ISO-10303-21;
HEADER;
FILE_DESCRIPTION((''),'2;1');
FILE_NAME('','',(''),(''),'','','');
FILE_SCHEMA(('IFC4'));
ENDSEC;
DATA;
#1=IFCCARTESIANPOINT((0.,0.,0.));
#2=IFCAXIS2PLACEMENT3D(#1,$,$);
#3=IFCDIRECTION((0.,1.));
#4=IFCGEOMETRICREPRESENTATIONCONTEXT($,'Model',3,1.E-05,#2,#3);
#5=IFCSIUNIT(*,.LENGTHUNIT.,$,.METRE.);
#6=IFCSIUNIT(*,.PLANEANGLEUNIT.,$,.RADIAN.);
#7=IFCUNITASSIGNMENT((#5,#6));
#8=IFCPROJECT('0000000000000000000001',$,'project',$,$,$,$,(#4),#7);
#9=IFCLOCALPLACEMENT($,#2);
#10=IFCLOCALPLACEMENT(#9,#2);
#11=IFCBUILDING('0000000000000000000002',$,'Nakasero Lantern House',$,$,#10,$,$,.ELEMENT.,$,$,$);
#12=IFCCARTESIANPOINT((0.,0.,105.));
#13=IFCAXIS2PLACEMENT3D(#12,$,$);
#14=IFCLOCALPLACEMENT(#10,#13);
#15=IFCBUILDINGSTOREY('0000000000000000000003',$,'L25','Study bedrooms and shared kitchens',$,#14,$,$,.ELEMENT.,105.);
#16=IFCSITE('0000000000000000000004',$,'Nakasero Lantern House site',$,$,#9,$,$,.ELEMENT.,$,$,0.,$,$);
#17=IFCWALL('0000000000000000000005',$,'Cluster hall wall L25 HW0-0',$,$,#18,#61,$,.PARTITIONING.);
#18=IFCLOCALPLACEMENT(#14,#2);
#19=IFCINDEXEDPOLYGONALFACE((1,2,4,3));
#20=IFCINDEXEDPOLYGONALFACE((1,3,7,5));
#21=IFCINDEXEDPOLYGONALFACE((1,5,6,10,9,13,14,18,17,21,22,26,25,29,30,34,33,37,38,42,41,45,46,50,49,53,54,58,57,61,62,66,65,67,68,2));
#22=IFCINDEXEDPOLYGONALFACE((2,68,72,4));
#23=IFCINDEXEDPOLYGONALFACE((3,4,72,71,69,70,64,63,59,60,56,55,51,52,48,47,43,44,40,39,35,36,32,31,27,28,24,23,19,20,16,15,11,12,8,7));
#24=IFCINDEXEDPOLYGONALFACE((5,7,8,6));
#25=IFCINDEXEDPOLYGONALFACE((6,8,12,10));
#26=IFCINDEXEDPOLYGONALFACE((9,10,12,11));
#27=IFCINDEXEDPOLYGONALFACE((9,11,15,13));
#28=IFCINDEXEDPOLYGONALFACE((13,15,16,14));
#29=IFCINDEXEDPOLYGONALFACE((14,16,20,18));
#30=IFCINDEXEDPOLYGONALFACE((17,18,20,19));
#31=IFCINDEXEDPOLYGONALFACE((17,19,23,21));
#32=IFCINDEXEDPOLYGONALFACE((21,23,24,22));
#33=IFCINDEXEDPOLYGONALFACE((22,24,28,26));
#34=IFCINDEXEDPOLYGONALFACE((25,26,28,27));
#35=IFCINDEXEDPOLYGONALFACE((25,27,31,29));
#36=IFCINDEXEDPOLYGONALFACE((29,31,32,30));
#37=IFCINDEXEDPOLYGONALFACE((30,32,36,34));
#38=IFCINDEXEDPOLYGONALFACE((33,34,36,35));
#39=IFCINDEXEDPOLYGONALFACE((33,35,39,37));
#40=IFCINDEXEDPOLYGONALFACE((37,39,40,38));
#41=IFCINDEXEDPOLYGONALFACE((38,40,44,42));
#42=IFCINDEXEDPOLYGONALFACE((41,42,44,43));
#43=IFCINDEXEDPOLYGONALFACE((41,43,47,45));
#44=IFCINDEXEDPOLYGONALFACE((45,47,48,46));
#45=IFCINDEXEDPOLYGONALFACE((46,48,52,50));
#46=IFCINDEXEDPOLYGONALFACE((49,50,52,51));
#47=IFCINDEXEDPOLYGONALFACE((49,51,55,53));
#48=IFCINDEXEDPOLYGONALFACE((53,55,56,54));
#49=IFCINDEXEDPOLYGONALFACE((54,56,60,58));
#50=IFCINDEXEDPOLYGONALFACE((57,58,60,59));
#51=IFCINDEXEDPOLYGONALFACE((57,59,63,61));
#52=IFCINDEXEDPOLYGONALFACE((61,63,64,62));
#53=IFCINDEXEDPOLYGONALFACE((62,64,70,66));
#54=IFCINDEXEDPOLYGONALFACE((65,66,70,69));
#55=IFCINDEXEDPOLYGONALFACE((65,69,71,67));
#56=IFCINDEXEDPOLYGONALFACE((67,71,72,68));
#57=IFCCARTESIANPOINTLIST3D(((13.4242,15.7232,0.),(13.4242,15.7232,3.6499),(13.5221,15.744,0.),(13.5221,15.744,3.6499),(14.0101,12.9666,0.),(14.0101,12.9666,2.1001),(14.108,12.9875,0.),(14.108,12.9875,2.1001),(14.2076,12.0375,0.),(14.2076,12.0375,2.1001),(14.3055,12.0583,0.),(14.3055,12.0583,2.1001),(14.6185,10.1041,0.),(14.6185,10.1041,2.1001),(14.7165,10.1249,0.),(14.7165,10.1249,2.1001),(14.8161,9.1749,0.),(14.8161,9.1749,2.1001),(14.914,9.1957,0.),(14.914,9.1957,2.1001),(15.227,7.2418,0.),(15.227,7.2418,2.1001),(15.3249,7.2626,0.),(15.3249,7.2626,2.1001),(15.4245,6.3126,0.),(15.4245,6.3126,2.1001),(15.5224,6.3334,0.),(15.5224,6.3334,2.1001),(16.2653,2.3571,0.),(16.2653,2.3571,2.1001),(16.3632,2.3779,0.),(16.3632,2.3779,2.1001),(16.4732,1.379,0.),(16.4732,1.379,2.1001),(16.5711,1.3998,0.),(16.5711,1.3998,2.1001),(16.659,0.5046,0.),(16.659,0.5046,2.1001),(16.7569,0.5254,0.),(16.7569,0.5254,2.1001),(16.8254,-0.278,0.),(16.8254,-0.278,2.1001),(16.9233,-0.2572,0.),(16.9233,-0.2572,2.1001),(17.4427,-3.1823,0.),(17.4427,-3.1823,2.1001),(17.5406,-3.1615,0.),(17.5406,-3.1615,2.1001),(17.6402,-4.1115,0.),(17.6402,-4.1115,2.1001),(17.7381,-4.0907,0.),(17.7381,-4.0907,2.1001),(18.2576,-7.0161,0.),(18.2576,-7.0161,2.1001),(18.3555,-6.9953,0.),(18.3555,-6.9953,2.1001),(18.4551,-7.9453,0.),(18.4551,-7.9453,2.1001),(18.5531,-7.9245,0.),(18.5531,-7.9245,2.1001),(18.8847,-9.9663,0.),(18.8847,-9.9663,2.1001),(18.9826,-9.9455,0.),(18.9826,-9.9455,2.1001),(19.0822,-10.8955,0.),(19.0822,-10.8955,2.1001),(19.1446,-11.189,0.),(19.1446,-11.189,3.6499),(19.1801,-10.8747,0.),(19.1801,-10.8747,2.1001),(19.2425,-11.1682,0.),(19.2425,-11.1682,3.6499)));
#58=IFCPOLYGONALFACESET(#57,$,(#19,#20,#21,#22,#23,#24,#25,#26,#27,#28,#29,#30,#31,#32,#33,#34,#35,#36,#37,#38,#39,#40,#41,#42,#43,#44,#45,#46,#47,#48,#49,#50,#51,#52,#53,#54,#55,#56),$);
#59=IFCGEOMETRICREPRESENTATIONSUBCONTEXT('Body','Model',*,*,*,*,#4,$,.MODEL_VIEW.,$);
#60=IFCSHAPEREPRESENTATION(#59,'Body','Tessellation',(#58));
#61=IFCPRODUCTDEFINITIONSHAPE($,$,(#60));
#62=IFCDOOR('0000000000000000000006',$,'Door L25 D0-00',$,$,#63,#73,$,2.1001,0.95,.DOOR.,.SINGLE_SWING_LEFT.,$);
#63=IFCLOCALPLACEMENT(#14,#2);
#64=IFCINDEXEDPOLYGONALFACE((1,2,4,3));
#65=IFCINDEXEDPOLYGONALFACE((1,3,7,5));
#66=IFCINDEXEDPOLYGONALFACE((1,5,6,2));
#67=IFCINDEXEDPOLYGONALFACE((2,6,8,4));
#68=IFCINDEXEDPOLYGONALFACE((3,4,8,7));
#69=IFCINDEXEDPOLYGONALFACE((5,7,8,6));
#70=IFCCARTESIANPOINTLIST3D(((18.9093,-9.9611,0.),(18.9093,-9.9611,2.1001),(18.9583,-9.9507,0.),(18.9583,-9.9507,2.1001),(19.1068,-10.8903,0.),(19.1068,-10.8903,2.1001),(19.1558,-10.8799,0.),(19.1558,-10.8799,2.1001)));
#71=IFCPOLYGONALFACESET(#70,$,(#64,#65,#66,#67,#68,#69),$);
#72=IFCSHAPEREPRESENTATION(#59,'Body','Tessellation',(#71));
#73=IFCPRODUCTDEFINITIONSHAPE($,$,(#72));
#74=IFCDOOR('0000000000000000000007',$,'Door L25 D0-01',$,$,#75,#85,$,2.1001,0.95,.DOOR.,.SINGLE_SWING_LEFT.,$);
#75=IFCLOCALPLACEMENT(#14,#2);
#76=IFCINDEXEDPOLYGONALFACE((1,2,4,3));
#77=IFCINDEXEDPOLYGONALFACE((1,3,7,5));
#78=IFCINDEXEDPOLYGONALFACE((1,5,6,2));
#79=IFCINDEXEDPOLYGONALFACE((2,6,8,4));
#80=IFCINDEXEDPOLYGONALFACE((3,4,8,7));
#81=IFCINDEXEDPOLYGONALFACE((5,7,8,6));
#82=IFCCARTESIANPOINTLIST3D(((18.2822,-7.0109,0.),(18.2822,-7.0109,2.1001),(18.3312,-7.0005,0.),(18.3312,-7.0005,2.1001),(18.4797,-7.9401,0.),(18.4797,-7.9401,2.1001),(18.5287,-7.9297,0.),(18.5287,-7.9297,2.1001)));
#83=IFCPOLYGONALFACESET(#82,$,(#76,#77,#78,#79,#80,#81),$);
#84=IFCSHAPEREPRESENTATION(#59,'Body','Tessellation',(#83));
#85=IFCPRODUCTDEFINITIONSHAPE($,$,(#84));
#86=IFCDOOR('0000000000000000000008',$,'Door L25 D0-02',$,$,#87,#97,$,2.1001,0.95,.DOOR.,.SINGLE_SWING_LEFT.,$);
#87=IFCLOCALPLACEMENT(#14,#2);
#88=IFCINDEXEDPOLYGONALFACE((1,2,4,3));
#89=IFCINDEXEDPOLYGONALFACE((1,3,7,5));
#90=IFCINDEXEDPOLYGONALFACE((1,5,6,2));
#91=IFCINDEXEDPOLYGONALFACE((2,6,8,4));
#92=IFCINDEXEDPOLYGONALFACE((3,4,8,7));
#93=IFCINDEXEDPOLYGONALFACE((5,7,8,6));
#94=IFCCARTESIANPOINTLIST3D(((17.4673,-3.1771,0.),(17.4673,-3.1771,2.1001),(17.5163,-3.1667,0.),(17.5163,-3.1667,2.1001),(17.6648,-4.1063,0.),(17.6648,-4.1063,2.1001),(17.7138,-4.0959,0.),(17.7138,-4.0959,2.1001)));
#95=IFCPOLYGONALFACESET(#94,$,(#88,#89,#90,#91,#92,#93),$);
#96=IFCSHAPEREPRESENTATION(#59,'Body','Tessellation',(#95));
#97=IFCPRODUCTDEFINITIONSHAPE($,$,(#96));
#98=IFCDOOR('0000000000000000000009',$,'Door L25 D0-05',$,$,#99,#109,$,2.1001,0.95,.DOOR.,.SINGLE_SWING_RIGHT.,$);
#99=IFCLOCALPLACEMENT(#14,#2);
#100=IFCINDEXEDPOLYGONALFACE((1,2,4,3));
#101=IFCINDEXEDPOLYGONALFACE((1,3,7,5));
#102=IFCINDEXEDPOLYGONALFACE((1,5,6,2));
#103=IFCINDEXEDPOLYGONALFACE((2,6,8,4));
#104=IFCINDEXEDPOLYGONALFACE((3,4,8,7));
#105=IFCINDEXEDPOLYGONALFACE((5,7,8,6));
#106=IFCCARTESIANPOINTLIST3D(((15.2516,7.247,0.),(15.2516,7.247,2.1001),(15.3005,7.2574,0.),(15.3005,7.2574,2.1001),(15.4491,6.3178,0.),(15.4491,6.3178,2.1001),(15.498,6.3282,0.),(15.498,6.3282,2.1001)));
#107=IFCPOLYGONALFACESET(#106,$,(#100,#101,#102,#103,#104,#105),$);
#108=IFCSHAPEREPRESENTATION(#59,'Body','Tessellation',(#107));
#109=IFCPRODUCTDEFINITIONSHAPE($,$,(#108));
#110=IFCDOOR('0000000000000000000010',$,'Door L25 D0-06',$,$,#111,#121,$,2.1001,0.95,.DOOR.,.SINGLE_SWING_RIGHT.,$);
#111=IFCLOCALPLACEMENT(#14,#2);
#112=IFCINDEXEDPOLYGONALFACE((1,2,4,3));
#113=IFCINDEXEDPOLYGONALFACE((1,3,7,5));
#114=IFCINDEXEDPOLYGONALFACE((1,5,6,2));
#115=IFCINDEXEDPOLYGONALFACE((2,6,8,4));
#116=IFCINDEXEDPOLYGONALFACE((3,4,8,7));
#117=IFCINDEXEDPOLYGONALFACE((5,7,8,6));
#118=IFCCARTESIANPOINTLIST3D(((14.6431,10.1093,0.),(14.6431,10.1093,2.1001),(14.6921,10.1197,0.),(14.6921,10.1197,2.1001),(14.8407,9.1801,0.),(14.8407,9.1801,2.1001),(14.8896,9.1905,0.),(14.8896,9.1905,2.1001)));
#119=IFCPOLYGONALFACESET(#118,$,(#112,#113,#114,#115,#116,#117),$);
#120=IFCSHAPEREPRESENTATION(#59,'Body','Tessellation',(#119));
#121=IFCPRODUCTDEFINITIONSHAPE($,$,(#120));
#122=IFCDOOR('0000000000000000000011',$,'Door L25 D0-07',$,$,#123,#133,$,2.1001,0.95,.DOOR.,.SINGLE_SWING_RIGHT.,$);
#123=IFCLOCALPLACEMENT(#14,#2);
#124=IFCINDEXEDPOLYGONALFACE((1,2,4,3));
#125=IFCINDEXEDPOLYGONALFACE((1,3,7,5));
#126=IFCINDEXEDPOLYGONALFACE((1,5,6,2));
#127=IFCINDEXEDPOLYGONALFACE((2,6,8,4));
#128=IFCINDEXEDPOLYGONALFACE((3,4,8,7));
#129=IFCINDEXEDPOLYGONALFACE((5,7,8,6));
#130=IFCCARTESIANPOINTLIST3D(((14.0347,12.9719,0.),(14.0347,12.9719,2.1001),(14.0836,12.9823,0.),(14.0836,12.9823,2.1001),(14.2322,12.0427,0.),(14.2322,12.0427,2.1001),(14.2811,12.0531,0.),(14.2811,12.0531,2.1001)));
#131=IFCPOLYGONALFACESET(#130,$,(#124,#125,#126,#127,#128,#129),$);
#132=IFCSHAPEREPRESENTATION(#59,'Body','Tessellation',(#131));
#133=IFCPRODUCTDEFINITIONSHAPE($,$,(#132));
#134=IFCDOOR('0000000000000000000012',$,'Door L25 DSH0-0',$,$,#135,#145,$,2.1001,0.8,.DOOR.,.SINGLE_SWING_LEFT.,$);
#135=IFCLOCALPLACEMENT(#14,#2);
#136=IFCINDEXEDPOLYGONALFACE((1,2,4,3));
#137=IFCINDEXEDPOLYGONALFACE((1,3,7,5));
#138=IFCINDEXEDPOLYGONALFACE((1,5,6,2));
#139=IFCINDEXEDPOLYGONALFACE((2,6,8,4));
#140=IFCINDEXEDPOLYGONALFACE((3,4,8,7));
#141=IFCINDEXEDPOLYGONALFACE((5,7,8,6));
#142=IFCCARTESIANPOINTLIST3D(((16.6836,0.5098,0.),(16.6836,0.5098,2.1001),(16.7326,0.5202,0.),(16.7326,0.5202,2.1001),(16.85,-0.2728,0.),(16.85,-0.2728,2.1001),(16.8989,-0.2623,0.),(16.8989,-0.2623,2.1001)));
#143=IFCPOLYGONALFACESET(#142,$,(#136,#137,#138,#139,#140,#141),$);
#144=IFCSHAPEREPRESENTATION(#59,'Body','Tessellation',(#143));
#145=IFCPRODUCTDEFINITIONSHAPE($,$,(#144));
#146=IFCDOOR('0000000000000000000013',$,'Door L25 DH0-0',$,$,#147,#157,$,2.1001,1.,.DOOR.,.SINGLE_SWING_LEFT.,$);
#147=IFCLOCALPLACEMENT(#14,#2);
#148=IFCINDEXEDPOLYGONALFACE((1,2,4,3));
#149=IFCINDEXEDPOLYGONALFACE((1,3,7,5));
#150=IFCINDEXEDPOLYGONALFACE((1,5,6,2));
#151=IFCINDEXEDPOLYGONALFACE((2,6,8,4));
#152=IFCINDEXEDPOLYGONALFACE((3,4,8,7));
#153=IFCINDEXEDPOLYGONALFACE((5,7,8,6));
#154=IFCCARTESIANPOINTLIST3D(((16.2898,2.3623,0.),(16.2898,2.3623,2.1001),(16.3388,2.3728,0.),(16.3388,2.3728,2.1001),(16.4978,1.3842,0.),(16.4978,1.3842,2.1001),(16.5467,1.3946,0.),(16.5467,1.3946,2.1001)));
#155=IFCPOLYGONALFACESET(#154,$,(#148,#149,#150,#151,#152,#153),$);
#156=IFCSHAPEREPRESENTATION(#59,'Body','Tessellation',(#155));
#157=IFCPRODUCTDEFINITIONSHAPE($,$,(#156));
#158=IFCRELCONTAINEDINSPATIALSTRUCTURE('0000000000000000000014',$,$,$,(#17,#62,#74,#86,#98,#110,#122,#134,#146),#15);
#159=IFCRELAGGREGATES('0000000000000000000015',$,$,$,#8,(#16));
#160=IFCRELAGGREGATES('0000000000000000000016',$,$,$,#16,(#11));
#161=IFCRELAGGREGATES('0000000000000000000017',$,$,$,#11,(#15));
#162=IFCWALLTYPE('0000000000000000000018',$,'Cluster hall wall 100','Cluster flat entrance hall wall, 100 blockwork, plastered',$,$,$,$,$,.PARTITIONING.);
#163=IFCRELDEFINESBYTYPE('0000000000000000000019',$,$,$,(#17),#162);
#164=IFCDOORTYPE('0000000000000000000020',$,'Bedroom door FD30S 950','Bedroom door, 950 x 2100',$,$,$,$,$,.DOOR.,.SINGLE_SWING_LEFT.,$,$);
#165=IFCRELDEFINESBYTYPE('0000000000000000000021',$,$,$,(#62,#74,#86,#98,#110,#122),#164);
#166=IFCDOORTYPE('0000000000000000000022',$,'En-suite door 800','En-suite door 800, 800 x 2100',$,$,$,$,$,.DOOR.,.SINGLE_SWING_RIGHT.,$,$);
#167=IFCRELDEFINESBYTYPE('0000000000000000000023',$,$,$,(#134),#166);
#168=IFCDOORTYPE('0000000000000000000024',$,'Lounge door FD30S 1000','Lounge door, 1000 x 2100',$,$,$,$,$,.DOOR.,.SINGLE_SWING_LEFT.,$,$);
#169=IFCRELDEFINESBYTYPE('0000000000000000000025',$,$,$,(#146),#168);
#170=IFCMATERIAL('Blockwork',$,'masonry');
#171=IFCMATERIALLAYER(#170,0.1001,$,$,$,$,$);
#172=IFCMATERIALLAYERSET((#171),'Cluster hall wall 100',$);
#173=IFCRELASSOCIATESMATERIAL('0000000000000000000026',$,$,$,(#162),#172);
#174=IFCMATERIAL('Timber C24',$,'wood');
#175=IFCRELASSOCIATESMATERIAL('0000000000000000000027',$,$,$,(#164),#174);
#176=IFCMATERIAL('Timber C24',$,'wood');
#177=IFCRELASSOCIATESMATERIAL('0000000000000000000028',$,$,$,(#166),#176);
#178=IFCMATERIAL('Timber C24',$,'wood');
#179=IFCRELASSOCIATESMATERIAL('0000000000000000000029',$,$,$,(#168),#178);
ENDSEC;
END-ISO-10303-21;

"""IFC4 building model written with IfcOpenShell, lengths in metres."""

from ifc_helpers import new_model, si_unit, direction, frame, frame_2d, origin, place, context, subcontext, project, spatial, rectangle, extrude, material, layer, layer_set, type_object, element, fill, save


model = new_model("IFC4")

# Units and contexts
model_context = context("Model", 3, precision=1e-05, world=origin(), true_north=direction((0.0, 1.0)))
body_context = subcontext(model_context, "Body", "Model", "MODEL_VIEW")
ifc_project = project(units=[si_unit("LENGTHUNIT", "METRE"), si_unit("PLANEANGLEUNIT", "RADIAN")], contexts=[model_context])

# Site, building, storey
site_placement = place(None, origin())
site = spatial("IfcSite", under=ifc_project, at=site_placement, Name="Nakasero Lantern House site", CompositionType="ELEMENT", RefElevation=0.0)
building_placement = place(site_placement, origin())
building = spatial("IfcBuilding", under=site, at=building_placement, Name="Nakasero Lantern House", CompositionType="ELEMENT")
storey_placement = place(building_placement, frame((0.0, 0.0, 105.0)))
storey = spatial("IfcBuildingStorey", under=building, at=storey_placement, Name="L25", Description="Study bedrooms and shared kitchens", CompositionType="ELEMENT", Elevation=105.0)

# Wall, openings, doors
ifc_material_1 = material(Name="Blockwork", Category="masonry")
ifc_layer_1 = layer(ifc_material_1, 0.1001)
ifc_layer_set_1 = layer_set([ifc_layer_1], Name="Cluster hall wall 100")
wall_type_1 = type_object("IfcWallType", Name="Cluster hall wall 100", Description="Cluster flat entrance hall wall, 100 blockwork, plastered", PredefinedType="PARTITIONING", material=ifc_layer_set_1)
wall_1_placement = place(storey_placement, frame((19.1936, -11.1787, 0.0), z_axis=(0.0, 0.0, 1.0), x_axis=(-0.207916, 0.978147, 0.0)))
wall_1 = element("IfcWall", 1, at=wall_1_placement, inside=storey, type_object=wall_type_1, Name="Cluster hall wall L25 HW0-0", PredefinedType="PARTITIONING", context=body_context, shape_type="SweptSolid", body=[
    extrude(rectangle(XDim=27.5134, YDim=0.1001, at=frame_2d((13.7568, 0.0))), origin(), (0.0, 0.0, 1.0), 3.6499),
])
opening_1_placement = place(wall_1_placement, frame((12.8489, 0.0, 0.0)))
opening_1 = element("IfcOpeningElement", 2, at=opening_1_placement, cuts=wall_1, PredefinedType="OPENING", context=body_context, shape_type="SweptSolid", body=[
    extrude(rectangle(XDim=1.0, YDim=2.1001, at=frame_2d((0.5, 1.05))), frame((0.0, 0.0701, 0.0), z_axis=(0.0, -1.0, 0.0), x_axis=(1.0, 0.0, 0.0)), (0.0, 0.0, 1.0), 0.1401),
])
opening_2_placement = place(wall_1_placement, frame((11.155, 0.0, 0.0)))
opening_2 = element("IfcOpeningElement", 3, at=opening_2_placement, cuts=wall_1, PredefinedType="OPENING", context=body_context, shape_type="SweptSolid", body=[
    extrude(rectangle(XDim=0.8, YDim=2.1001, at=frame_2d((0.3999, 1.05))), frame((0.0, 0.0701, 0.0), z_axis=(0.0, -1.0, 0.0), x_axis=(1.0, 0.0, 0.0)), (0.0, 0.0, 1.0), 0.1401),
])
opening_3_placement = place(wall_1_placement, frame((0.3, 0.0, 0.0)))
opening_3 = element("IfcOpeningElement", 4, at=opening_3_placement, cuts=wall_1, PredefinedType="OPENING", context=body_context, shape_type="SweptSolid", body=[
    extrude(rectangle(XDim=0.95, YDim=2.1001, at=frame_2d((0.4751, 1.05))), frame((0.0, 0.0701, 0.0), z_axis=(0.0, -1.0, 0.0), x_axis=(1.0, 0.0, 0.0)), (0.0, 0.0, 1.0), 0.1401),
])
opening_4_placement = place(wall_1_placement, frame((3.3162, 0.0, 0.0)))
opening_4 = element("IfcOpeningElement", 5, at=opening_4_placement, cuts=wall_1, PredefinedType="OPENING", context=body_context, shape_type="SweptSolid", body=[
    extrude(rectangle(XDim=0.95, YDim=2.1001, at=frame_2d((0.4751, 1.05))), frame((0.0, 0.0701, 0.0), z_axis=(0.0, -1.0, 0.0), x_axis=(1.0, 0.0, 0.0)), (0.0, 0.0, 1.0), 0.1401),
])
opening_5_placement = place(wall_1_placement, frame((7.2356, 0.0, 0.0)))
opening_5 = element("IfcOpeningElement", 6, at=opening_5_placement, cuts=wall_1, PredefinedType="OPENING", context=body_context, shape_type="SweptSolid", body=[
    extrude(rectangle(XDim=0.95, YDim=2.1001, at=frame_2d((0.4751, 1.05))), frame((0.0, 0.0701, 0.0), z_axis=(0.0, -1.0, 0.0), x_axis=(1.0, 0.0, 0.0)), (0.0, 0.0, 1.0), 0.1401),
])
opening_6_placement = place(wall_1_placement, frame((17.8926, 0.0, 0.0)))
opening_6 = element("IfcOpeningElement", 7, at=opening_6_placement, cuts=wall_1, PredefinedType="OPENING", context=body_context, shape_type="SweptSolid", body=[
    extrude(rectangle(XDim=0.95, YDim=2.1001, at=frame_2d((0.4751, 1.05))), frame((0.0, 0.0701, 0.0), z_axis=(0.0, -1.0, 0.0), x_axis=(1.0, 0.0, 0.0)), (0.0, 0.0, 1.0), 0.1401),
])
opening_7_placement = place(wall_1_placement, frame((20.8188, 0.0, 0.0)))
opening_7 = element("IfcOpeningElement", 8, at=opening_7_placement, cuts=wall_1, PredefinedType="OPENING", context=body_context, shape_type="SweptSolid", body=[
    extrude(rectangle(XDim=0.95, YDim=2.1001, at=frame_2d((0.4751, 1.05))), frame((0.0, 0.0701, 0.0), z_axis=(0.0, -1.0, 0.0), x_axis=(1.0, 0.0, 0.0)), (0.0, 0.0, 1.0), 0.1401),
])
opening_8_placement = place(wall_1_placement, frame((23.7454, 0.0, 0.0)))
opening_8 = element("IfcOpeningElement", 9, at=opening_8_placement, cuts=wall_1, PredefinedType="OPENING", context=body_context, shape_type="SweptSolid", body=[
    extrude(rectangle(XDim=0.95, YDim=2.1001, at=frame_2d((0.4751, 1.05))), frame((0.0, 0.0701, 0.0), z_axis=(0.0, -1.0, 0.0), x_axis=(1.0, 0.0, 0.0)), (0.0, 0.0, 1.0), 0.1401),
])
ifc_material_2 = material(Name="Timber C24", Category="wood")
door_type_1 = type_object("IfcDoorType", Name="Bedroom door FD30S 950", Description="Bedroom door, 950 x 2100", OperationType="SINGLE_SWING_LEFT", PredefinedType="DOOR", material=ifc_material_2)
door_1_placement = place(opening_3_placement, origin())
door_1 = element("IfcDoor", 10, at=door_1_placement, inside=storey, type_object=door_type_1, Name="Door L25 D0-00", OperationType="SINGLE_SWING_LEFT", OverallHeight=2.1001, OverallWidth=0.95, PredefinedType="DOOR", context=body_context, shape_type="SweptSolid", body=[
    extrude(rectangle(XDim=0.95, YDim=2.1001, at=frame_2d((0.4751, 1.05))), frame((0.0, 0.0249, 0.0), z_axis=(0.0, -1.0, 0.0), x_axis=(1.0, 0.0, 0.0)), (0.0, 0.0, 1.0), 0.05),
])
fill(opening_3, door_1)
door_2_placement = place(opening_4_placement, origin())
door_2 = element("IfcDoor", 11, at=door_2_placement, inside=storey, type_object=door_type_1, Name="Door L25 D0-01", OperationType="SINGLE_SWING_LEFT", OverallHeight=2.1001, OverallWidth=0.95, PredefinedType="DOOR", context=body_context, shape_type="SweptSolid", body=[
    extrude(rectangle(XDim=0.95, YDim=2.1001, at=frame_2d((0.4751, 1.05))), frame((0.0, 0.0249, 0.0), z_axis=(0.0, -1.0, 0.0), x_axis=(1.0, 0.0, 0.0)), (0.0, 0.0, 1.0), 0.05),
])
fill(opening_4, door_2)
door_3_placement = place(opening_5_placement, origin())
door_3 = element("IfcDoor", 12, at=door_3_placement, inside=storey, type_object=door_type_1, Name="Door L25 D0-02", OperationType="SINGLE_SWING_LEFT", OverallHeight=2.1001, OverallWidth=0.95, PredefinedType="DOOR", context=body_context, shape_type="SweptSolid", body=[
    extrude(rectangle(XDim=0.95, YDim=2.1001, at=frame_2d((0.4751, 1.05))), frame((0.0, 0.0249, 0.0), z_axis=(0.0, -1.0, 0.0), x_axis=(1.0, 0.0, 0.0)), (0.0, 0.0, 1.0), 0.05),
])
fill(opening_5, door_3)
door_4_placement = place(opening_6_placement, origin())
door_4 = element("IfcDoor", 13, at=door_4_placement, inside=storey, type_object=door_type_1, Name="Door L25 D0-05", OperationType="SINGLE_SWING_RIGHT", OverallHeight=2.1001, OverallWidth=0.95, PredefinedType="DOOR", context=body_context, shape_type="SweptSolid", body=[
    extrude(rectangle(XDim=0.95, YDim=2.1001, at=frame_2d((0.4751, 1.05))), frame((0.0, 0.0249, 0.0), z_axis=(0.0, -1.0, 0.0), x_axis=(1.0, 0.0, 0.0)), (0.0, 0.0, 1.0), 0.05),
])
fill(opening_6, door_4)
door_5_placement = place(opening_7_placement, origin())
door_5 = element("IfcDoor", 14, at=door_5_placement, inside=storey, type_object=door_type_1, Name="Door L25 D0-06", OperationType="SINGLE_SWING_RIGHT", OverallHeight=2.1001, OverallWidth=0.95, PredefinedType="DOOR", context=body_context, shape_type="SweptSolid", body=[
    extrude(rectangle(XDim=0.95, YDim=2.1001, at=frame_2d((0.4751, 1.05))), frame((0.0, 0.0249, 0.0), z_axis=(0.0, -1.0, 0.0), x_axis=(1.0, 0.0, 0.0)), (0.0, 0.0, 1.0), 0.05),
])
fill(opening_7, door_5)
door_6_placement = place(opening_8_placement, origin())
door_6 = element("IfcDoor", 15, at=door_6_placement, inside=storey, type_object=door_type_1, Name="Door L25 D0-07", OperationType="SINGLE_SWING_RIGHT", OverallHeight=2.1001, OverallWidth=0.95, PredefinedType="DOOR", context=body_context, shape_type="SweptSolid", body=[
    extrude(rectangle(XDim=0.95, YDim=2.1001, at=frame_2d((0.4751, 1.05))), frame((0.0, 0.0249, 0.0), z_axis=(0.0, -1.0, 0.0), x_axis=(1.0, 0.0, 0.0)), (0.0, 0.0, 1.0), 0.05),
])
fill(opening_8, door_6)
ifc_material_3 = material(Name="Timber C24", Category="wood")
door_type_2 = type_object("IfcDoorType", Name="En-suite door 800", Description="En-suite door 800, 800 x 2100", OperationType="SINGLE_SWING_RIGHT", PredefinedType="DOOR", material=ifc_material_3)
door_7_placement = place(opening_2_placement, origin())
door_7 = element("IfcDoor", 16, at=door_7_placement, inside=storey, type_object=door_type_2, Name="Door L25 DSH0-0", OperationType="SINGLE_SWING_LEFT", OverallHeight=2.1001, OverallWidth=0.8, PredefinedType="DOOR", context=body_context, shape_type="SweptSolid", body=[
    extrude(rectangle(XDim=0.8, YDim=2.1001, at=frame_2d((0.3999, 1.05))), frame((0.0, 0.0249, 0.0), z_axis=(0.0, -1.0, 0.0), x_axis=(1.0, 0.0, 0.0)), (0.0, 0.0, 1.0), 0.05),
])
fill(opening_2, door_7)
ifc_material_4 = material(Name="Timber C24", Category="wood")
door_type_3 = type_object("IfcDoorType", Name="Lounge door FD30S 1000", Description="Lounge door, 1000 x 2100", OperationType="SINGLE_SWING_LEFT", PredefinedType="DOOR", material=ifc_material_4)
door_8_placement = place(opening_1_placement, origin())
door_8 = element("IfcDoor", 17, at=door_8_placement, inside=storey, type_object=door_type_3, Name="Door L25 DH0-0", OperationType="SINGLE_SWING_LEFT", OverallHeight=2.1001, OverallWidth=1.0, PredefinedType="DOOR", context=body_context, shape_type="SweptSolid", body=[
    extrude(rectangle(XDim=1.0, YDim=2.1001, at=frame_2d((0.5, 1.05))), frame((0.0, 0.0249, 0.0), z_axis=(0.0, -1.0, 0.0), x_axis=(1.0, 0.0, 0.0)), (0.0, 0.0, 1.0), 0.05),
])
fill(opening_1, door_8)

save(model, "model.ifc")
